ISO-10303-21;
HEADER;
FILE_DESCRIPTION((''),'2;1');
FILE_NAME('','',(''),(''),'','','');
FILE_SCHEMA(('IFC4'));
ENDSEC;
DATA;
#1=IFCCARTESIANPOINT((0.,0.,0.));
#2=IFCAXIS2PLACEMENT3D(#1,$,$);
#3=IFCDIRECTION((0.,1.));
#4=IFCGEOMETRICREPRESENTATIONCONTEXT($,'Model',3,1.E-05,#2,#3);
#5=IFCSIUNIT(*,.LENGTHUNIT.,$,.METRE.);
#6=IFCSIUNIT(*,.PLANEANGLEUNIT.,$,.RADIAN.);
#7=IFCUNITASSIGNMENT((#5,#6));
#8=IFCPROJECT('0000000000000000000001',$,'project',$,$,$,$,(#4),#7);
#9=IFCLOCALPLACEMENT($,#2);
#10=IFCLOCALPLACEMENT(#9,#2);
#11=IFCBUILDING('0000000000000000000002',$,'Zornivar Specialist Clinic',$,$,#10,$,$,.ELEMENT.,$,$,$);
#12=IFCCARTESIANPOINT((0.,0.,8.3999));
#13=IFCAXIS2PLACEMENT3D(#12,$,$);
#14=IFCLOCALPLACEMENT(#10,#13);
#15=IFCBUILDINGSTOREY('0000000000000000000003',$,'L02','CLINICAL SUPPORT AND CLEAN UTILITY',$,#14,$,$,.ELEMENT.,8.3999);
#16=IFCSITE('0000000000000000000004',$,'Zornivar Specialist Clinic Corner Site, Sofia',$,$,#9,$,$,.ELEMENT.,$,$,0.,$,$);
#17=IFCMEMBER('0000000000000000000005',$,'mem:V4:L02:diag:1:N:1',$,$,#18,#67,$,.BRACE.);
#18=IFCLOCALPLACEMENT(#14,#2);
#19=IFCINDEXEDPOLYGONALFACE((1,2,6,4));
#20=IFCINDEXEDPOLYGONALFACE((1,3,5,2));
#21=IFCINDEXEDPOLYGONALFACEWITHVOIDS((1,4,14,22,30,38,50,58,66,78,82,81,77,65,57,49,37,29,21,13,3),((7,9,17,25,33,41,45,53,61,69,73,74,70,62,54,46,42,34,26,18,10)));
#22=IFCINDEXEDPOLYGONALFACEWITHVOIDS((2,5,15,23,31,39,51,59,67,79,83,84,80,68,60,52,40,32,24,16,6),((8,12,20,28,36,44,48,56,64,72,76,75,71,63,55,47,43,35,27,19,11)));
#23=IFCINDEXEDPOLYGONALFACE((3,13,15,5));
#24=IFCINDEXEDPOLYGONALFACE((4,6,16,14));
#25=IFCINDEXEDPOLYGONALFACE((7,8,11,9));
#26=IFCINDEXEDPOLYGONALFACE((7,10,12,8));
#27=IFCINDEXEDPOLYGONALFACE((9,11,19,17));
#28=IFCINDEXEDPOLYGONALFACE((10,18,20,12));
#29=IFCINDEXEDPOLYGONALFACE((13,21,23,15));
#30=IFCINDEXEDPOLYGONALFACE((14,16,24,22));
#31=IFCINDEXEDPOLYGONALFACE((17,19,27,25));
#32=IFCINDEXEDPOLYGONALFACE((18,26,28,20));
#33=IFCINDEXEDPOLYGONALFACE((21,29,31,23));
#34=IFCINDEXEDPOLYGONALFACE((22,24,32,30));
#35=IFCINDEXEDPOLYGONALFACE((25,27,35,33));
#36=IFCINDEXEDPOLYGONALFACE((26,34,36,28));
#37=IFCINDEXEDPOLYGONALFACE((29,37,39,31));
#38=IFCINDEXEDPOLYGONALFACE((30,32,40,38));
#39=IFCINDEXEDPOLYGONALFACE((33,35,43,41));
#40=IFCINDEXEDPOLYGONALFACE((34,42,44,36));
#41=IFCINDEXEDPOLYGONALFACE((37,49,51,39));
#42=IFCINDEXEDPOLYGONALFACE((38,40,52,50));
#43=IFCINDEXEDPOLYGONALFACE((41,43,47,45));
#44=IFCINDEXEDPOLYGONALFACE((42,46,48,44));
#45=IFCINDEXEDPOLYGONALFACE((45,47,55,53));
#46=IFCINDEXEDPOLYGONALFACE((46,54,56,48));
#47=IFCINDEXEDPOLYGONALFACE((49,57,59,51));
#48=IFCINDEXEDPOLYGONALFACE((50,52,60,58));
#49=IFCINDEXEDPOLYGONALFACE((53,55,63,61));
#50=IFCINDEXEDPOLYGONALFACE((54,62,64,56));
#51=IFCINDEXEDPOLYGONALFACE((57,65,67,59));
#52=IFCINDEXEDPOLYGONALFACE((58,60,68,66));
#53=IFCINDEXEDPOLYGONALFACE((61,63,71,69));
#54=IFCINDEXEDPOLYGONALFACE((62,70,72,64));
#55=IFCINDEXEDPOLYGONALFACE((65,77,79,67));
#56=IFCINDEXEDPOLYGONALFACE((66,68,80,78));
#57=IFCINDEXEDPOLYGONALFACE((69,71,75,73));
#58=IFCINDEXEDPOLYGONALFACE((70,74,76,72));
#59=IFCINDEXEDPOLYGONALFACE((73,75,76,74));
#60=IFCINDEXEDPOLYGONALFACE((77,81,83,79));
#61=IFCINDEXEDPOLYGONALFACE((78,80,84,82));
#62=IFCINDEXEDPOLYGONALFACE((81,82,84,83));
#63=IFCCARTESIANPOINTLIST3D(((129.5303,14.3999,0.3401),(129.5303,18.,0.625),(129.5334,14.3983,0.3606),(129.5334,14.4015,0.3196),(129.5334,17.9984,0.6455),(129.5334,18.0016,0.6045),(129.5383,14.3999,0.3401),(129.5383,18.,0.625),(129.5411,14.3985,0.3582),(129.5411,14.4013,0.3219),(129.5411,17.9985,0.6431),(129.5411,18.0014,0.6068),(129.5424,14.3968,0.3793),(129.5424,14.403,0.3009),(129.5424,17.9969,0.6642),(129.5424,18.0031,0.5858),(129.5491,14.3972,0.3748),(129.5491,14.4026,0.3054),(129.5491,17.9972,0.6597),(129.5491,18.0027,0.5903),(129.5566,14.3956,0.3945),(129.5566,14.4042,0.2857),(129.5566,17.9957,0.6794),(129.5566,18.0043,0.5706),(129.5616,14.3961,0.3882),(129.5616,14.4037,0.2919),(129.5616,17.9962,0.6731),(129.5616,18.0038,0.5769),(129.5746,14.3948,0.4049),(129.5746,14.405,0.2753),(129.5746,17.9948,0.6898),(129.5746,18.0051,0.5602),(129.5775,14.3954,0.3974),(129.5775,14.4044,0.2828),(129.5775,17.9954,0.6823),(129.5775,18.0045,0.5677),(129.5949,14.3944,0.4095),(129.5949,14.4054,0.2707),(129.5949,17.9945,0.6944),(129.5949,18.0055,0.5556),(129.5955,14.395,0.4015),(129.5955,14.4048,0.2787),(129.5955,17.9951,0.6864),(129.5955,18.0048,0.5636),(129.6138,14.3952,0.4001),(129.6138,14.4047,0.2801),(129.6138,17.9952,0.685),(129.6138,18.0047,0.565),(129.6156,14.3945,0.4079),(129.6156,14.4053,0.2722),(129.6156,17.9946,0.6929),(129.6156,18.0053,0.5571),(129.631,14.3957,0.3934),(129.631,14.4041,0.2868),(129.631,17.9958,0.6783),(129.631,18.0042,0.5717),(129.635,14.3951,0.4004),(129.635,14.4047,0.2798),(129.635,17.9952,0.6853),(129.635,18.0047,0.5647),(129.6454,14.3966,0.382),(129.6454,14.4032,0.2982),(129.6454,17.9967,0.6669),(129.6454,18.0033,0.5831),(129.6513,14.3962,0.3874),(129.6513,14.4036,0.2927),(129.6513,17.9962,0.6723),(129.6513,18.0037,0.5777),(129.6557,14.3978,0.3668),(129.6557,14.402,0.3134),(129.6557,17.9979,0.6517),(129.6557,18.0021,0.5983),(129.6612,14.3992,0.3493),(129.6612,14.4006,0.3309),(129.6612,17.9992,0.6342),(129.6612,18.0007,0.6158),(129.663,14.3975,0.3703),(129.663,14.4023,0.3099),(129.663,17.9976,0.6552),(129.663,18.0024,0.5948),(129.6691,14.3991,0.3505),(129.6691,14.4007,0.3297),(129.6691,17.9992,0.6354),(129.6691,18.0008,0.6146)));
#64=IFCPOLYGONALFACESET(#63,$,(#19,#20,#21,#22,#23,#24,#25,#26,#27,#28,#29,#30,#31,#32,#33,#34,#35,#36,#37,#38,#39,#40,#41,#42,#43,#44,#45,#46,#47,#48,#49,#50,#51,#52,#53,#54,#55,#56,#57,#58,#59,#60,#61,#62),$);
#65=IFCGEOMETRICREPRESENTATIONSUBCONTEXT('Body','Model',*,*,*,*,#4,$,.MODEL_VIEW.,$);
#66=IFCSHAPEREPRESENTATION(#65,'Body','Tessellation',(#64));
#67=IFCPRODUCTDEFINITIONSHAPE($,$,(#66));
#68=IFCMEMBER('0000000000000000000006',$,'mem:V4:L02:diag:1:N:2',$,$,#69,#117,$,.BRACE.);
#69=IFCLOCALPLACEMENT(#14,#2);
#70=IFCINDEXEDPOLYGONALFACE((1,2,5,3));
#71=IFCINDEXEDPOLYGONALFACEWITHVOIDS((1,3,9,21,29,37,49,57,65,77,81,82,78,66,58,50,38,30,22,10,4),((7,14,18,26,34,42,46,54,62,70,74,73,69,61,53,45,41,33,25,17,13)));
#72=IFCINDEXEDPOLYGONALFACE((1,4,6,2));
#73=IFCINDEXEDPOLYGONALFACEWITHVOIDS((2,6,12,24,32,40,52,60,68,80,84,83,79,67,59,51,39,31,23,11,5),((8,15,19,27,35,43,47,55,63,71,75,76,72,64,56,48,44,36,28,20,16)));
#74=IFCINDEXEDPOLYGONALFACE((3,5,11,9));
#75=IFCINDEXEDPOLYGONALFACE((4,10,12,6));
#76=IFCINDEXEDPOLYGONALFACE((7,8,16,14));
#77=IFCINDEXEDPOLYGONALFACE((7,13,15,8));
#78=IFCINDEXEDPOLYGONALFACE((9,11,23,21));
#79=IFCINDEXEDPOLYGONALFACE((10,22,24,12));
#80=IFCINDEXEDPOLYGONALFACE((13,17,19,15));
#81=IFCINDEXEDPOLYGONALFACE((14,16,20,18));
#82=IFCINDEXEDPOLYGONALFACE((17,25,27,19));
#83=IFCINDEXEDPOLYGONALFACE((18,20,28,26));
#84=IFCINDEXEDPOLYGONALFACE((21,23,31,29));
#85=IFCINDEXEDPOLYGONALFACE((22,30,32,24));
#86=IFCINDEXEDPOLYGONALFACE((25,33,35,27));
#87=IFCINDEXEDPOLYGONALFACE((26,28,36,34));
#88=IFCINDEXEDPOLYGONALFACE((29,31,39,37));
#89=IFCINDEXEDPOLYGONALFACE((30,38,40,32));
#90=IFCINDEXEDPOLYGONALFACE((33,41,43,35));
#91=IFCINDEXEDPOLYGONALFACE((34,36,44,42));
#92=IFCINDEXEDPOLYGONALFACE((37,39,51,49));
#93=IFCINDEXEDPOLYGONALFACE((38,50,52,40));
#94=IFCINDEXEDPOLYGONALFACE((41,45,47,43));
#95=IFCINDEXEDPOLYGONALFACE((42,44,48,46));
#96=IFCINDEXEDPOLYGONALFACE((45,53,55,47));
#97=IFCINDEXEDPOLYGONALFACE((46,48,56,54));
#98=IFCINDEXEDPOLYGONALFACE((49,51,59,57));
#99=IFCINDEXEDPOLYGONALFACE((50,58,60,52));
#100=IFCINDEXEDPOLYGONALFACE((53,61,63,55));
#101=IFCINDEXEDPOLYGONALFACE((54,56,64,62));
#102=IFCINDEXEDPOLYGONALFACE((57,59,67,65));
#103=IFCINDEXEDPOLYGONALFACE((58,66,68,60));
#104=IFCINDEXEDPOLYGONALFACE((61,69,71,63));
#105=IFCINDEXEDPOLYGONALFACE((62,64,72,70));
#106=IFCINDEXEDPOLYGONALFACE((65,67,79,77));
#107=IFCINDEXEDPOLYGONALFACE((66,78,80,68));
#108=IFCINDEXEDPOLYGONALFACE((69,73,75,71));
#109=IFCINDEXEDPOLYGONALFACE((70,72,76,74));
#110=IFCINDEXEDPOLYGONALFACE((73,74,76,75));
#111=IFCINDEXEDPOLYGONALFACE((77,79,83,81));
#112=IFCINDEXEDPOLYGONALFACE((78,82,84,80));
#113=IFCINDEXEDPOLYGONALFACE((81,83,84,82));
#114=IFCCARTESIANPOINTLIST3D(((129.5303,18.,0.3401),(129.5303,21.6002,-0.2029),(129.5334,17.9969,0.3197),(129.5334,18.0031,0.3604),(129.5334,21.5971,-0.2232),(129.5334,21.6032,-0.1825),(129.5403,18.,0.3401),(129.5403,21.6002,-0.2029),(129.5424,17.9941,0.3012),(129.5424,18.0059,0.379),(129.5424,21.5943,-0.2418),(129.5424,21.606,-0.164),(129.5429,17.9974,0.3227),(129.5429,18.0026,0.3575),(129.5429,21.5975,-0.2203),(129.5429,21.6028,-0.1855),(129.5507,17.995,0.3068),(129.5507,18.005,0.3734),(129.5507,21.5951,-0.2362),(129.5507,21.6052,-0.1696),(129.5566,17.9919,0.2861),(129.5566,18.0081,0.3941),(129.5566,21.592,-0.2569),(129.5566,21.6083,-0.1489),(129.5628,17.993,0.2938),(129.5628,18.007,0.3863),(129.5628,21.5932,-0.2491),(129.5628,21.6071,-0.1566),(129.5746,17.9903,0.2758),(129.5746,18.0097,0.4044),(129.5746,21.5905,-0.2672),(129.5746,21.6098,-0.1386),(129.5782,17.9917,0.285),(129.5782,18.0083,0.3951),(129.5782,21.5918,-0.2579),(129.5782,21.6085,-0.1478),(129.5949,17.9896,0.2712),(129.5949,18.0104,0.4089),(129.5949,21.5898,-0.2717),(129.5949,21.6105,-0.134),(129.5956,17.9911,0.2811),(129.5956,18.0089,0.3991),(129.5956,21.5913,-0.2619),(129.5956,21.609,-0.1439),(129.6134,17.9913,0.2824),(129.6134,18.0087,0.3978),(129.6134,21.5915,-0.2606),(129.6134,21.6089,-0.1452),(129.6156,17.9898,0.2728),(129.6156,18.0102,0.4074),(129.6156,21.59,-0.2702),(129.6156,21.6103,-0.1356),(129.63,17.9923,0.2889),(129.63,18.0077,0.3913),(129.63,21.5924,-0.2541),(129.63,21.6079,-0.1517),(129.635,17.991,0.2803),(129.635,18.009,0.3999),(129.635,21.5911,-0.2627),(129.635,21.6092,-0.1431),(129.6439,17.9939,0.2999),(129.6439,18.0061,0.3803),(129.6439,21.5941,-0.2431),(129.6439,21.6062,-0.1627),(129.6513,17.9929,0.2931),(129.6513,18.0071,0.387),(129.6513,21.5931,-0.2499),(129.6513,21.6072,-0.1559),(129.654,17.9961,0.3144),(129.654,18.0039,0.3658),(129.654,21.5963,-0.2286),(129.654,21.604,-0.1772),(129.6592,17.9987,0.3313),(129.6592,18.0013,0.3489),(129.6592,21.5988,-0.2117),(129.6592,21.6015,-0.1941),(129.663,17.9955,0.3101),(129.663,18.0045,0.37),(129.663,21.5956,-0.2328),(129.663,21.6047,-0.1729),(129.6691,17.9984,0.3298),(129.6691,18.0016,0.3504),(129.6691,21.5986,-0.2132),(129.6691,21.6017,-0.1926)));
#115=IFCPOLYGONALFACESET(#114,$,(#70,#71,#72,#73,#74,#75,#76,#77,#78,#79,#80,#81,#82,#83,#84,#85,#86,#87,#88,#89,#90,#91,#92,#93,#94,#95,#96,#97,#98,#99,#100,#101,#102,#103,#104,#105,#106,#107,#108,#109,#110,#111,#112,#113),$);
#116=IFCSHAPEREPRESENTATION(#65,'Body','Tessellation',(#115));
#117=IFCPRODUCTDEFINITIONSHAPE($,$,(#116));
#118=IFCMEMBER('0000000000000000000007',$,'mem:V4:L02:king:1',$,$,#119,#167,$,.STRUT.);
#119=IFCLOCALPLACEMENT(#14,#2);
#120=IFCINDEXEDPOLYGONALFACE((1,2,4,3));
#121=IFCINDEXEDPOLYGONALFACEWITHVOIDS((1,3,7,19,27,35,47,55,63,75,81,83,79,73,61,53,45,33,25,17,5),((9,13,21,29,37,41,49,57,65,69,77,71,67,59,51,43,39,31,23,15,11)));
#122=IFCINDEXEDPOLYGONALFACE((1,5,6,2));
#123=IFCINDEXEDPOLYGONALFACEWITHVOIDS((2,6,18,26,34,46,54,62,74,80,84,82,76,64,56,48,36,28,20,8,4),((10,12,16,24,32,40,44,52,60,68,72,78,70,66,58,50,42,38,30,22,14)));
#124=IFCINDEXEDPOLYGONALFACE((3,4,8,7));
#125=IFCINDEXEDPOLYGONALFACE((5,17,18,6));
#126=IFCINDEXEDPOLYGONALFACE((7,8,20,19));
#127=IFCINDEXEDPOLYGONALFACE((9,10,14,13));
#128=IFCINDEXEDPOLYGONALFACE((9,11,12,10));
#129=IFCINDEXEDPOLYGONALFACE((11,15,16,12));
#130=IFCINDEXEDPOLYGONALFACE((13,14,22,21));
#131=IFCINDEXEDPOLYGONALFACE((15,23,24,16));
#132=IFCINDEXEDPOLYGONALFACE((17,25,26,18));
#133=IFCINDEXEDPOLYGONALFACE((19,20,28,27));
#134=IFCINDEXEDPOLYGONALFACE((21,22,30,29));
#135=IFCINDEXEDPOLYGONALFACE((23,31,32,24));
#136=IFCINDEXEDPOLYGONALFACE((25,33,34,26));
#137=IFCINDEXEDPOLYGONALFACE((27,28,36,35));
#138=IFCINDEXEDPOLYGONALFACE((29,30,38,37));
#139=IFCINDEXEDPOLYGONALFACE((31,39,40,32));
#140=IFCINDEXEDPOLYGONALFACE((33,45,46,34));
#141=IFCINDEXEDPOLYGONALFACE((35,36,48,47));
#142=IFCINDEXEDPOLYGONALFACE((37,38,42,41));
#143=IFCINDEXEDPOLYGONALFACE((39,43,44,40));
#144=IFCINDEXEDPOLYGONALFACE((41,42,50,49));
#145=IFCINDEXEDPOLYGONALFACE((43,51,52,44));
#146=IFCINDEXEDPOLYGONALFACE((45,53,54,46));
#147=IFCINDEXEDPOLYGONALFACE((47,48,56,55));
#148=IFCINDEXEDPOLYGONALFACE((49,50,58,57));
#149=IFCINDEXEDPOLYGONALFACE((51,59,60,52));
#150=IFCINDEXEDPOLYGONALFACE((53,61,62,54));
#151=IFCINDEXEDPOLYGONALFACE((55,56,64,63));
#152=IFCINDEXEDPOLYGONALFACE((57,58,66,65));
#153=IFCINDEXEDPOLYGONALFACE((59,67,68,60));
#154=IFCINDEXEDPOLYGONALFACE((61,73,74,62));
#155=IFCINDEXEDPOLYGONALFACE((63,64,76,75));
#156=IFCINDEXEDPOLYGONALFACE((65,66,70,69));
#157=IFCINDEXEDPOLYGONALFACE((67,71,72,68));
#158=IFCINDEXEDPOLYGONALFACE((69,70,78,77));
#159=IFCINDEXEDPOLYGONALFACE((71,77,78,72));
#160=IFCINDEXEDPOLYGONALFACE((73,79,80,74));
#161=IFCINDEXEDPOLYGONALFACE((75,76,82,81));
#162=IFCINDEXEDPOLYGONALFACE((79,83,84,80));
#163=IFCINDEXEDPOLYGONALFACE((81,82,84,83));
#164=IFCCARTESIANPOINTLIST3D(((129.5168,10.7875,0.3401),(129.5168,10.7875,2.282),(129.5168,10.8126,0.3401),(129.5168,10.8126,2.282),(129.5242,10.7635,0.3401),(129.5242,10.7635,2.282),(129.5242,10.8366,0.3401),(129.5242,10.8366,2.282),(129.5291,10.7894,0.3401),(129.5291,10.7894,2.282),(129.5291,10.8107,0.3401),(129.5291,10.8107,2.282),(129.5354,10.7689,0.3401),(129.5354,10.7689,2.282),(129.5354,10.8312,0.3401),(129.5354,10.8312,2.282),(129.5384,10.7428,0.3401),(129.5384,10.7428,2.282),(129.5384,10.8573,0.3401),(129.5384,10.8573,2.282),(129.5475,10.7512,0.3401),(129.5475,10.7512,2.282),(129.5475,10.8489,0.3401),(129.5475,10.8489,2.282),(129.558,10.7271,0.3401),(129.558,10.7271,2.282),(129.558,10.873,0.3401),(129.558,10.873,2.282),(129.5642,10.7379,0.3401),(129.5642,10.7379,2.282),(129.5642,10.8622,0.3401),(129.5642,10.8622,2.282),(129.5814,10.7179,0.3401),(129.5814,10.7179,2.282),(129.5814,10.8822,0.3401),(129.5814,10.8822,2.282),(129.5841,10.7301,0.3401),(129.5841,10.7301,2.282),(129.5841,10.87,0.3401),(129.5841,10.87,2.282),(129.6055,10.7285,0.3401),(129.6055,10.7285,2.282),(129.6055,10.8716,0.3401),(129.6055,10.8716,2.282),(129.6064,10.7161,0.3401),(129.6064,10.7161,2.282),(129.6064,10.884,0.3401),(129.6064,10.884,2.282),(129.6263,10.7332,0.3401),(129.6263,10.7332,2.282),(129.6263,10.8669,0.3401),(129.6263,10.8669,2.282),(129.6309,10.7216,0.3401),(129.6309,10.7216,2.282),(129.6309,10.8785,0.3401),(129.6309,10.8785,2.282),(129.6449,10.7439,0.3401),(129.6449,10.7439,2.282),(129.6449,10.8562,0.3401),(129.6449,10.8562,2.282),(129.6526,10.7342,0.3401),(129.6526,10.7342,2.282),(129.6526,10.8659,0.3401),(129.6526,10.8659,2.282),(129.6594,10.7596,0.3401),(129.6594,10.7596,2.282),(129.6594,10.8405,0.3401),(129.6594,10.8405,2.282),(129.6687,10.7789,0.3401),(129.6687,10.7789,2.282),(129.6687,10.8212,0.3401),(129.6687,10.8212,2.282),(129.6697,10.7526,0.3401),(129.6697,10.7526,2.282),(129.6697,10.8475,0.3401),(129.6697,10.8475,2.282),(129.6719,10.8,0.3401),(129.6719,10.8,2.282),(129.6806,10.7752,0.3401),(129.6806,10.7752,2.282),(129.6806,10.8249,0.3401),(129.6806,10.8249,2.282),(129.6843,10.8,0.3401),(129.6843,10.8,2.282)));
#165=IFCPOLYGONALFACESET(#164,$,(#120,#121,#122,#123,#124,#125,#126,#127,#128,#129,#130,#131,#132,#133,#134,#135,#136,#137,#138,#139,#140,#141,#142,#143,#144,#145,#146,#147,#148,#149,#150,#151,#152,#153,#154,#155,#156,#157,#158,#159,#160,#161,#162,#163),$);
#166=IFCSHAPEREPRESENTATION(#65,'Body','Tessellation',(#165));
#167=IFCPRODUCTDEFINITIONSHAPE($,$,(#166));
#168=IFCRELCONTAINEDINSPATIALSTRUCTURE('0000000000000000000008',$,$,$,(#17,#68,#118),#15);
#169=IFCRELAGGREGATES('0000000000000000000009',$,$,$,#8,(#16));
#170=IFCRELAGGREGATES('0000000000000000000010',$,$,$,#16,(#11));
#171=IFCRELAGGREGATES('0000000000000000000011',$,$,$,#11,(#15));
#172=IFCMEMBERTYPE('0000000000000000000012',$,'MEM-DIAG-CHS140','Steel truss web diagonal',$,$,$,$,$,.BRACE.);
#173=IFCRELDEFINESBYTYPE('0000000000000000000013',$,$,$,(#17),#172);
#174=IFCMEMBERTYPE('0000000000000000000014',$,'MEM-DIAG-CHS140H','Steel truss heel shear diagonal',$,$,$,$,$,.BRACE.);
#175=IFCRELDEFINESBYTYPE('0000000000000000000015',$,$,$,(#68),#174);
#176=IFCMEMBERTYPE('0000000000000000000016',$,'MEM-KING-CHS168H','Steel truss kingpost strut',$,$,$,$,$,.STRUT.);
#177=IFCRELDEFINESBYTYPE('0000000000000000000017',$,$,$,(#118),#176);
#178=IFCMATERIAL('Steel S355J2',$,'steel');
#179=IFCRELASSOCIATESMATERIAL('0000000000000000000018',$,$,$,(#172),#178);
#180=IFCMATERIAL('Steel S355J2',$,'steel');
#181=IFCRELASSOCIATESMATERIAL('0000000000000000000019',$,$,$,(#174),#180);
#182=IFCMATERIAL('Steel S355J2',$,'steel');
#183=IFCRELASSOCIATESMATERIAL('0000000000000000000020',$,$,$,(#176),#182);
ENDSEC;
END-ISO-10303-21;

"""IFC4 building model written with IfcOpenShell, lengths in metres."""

from ifc_helpers import new_model, si_unit, direction, frame, origin, origin_2d, place, context, subcontext, project, spatial, hollow_circle, extrude, material, material_profile, profile_set, type_object, element, save


model = new_model("IFC4")

# Units and contexts
model_context = context("Model", 3, precision=1e-05, world=origin(), true_north=direction((0.0, 1.0)))
body_context = subcontext(model_context, "Body", "Model", "MODEL_VIEW")
ifc_project = project(units=[si_unit("LENGTHUNIT", "METRE"), si_unit("PLANEANGLEUNIT", "RADIAN")], contexts=[model_context])

# Site, building, storey
site_placement = place(None, origin())
site = spatial("IfcSite", under=ifc_project, at=site_placement, Name="Zornivar Specialist Clinic Corner Site, Sofia", CompositionType="ELEMENT", RefElevation=0.0)
building_placement = place(site_placement, origin())
building = spatial("IfcBuilding", under=site, at=building_placement, Name="Zornivar Specialist Clinic", CompositionType="ELEMENT")
storey_placement = place(building_placement, frame((0.0, 0.0, 8.3999)))
storey = spatial("IfcBuildingStorey", under=building, at=storey_placement, Name="L02", Description="CLINICAL SUPPORT AND CLEAN UTILITY", CompositionType="ELEMENT", Elevation=8.3999)

# Members
ifc_material_1 = material(Name="Steel S355J2", Category="steel")
ifc_material_profile_1 = material_profile(ifc_material_1, hollow_circle(Radius=0.0698, WallThickness=0.0081, at=origin_2d()), Name="CHS 139.7x8")
ifc_profile_set_1 = profile_set([ifc_material_profile_1], Name="Steel S355J2")
member_type_1 = type_object("IfcMemberType", Name="MEM-DIAG-CHS140", Description="Steel truss web diagonal", PredefinedType="BRACE", material=ifc_profile_set_1)
member_1_placement = place(storey_placement, frame((129.6001, 14.3999, 0.3401), z_axis=(0.0, 0.996883, 0.078893), x_axis=(-1.0, 0.0, 0.0)))
element("IfcMember", 1, at=member_1_placement, inside=storey, type_object=member_type_1, Name="mem:V4:L02:diag:1:N:1", PredefinedType="BRACE", context=body_context, shape_type="SweptSolid", body=[
    extrude(hollow_circle(Radius=0.0698, WallThickness=0.0081, at=origin_2d()), origin(), (0.0, 0.0, 1.0), 3.6113),
])
ifc_material_2 = material(Name="Steel S355J2", Category="steel")
ifc_material_profile_2 = material_profile(ifc_material_2, hollow_circle(Radius=0.0698, WallThickness=0.01, at=origin_2d()), Name="CHS 139.7x10")
ifc_profile_set_2 = profile_set([ifc_material_profile_2], Name="Steel S355J2")
member_type_2 = type_object("IfcMemberType", Name="MEM-DIAG-CHS140H", Description="Steel truss heel shear diagonal", PredefinedType="BRACE", material=ifc_profile_set_2)
member_2_placement = place(storey_placement, frame((129.6001, 18.0, 0.3401), z_axis=(0.0, 0.988817, -0.149134), x_axis=(-1.0, 0.0, 0.0)))
element("IfcMember", 2, at=member_2_placement, inside=storey, type_object=member_type_2, Name="mem:V4:L02:diag:1:N:2", PredefinedType="BRACE", context=body_context, shape_type="SweptSolid", body=[
    extrude(hollow_circle(Radius=0.0698, WallThickness=0.01, at=origin_2d()), origin(), (0.0, 0.0, 1.0), 3.6409),
])
ifc_material_3 = material(Name="Steel S355J2", Category="steel")
ifc_material_profile_3 = material_profile(ifc_material_3, hollow_circle(Radius=0.0842, WallThickness=0.0125, at=origin_2d()), Name="CHS 168.3x12.5")
ifc_profile_set_3 = profile_set([ifc_material_profile_3], Name="Steel S355J2")
member_type_3 = type_object("IfcMemberType", Name="MEM-KING-CHS168H", Description="Steel truss kingpost strut", PredefinedType="STRUT", material=ifc_profile_set_3)
member_3_placement = place(storey_placement, frame((129.6001, 10.8, 0.3401), z_axis=(0.0, 0.0, 1.0), x_axis=(1.0, 0.0, 0.0)))
element("IfcMember", 3, at=member_3_placement, inside=storey, type_object=member_type_3, Name="mem:V4:L02:king:1", PredefinedType="STRUT", context=body_context, shape_type="SweptSolid", body=[
    extrude(hollow_circle(Radius=0.0842, WallThickness=0.0125, at=origin_2d()), origin(), (0.0, 0.0, 1.0), 1.9419),
])

save(model, "model.ifc")
